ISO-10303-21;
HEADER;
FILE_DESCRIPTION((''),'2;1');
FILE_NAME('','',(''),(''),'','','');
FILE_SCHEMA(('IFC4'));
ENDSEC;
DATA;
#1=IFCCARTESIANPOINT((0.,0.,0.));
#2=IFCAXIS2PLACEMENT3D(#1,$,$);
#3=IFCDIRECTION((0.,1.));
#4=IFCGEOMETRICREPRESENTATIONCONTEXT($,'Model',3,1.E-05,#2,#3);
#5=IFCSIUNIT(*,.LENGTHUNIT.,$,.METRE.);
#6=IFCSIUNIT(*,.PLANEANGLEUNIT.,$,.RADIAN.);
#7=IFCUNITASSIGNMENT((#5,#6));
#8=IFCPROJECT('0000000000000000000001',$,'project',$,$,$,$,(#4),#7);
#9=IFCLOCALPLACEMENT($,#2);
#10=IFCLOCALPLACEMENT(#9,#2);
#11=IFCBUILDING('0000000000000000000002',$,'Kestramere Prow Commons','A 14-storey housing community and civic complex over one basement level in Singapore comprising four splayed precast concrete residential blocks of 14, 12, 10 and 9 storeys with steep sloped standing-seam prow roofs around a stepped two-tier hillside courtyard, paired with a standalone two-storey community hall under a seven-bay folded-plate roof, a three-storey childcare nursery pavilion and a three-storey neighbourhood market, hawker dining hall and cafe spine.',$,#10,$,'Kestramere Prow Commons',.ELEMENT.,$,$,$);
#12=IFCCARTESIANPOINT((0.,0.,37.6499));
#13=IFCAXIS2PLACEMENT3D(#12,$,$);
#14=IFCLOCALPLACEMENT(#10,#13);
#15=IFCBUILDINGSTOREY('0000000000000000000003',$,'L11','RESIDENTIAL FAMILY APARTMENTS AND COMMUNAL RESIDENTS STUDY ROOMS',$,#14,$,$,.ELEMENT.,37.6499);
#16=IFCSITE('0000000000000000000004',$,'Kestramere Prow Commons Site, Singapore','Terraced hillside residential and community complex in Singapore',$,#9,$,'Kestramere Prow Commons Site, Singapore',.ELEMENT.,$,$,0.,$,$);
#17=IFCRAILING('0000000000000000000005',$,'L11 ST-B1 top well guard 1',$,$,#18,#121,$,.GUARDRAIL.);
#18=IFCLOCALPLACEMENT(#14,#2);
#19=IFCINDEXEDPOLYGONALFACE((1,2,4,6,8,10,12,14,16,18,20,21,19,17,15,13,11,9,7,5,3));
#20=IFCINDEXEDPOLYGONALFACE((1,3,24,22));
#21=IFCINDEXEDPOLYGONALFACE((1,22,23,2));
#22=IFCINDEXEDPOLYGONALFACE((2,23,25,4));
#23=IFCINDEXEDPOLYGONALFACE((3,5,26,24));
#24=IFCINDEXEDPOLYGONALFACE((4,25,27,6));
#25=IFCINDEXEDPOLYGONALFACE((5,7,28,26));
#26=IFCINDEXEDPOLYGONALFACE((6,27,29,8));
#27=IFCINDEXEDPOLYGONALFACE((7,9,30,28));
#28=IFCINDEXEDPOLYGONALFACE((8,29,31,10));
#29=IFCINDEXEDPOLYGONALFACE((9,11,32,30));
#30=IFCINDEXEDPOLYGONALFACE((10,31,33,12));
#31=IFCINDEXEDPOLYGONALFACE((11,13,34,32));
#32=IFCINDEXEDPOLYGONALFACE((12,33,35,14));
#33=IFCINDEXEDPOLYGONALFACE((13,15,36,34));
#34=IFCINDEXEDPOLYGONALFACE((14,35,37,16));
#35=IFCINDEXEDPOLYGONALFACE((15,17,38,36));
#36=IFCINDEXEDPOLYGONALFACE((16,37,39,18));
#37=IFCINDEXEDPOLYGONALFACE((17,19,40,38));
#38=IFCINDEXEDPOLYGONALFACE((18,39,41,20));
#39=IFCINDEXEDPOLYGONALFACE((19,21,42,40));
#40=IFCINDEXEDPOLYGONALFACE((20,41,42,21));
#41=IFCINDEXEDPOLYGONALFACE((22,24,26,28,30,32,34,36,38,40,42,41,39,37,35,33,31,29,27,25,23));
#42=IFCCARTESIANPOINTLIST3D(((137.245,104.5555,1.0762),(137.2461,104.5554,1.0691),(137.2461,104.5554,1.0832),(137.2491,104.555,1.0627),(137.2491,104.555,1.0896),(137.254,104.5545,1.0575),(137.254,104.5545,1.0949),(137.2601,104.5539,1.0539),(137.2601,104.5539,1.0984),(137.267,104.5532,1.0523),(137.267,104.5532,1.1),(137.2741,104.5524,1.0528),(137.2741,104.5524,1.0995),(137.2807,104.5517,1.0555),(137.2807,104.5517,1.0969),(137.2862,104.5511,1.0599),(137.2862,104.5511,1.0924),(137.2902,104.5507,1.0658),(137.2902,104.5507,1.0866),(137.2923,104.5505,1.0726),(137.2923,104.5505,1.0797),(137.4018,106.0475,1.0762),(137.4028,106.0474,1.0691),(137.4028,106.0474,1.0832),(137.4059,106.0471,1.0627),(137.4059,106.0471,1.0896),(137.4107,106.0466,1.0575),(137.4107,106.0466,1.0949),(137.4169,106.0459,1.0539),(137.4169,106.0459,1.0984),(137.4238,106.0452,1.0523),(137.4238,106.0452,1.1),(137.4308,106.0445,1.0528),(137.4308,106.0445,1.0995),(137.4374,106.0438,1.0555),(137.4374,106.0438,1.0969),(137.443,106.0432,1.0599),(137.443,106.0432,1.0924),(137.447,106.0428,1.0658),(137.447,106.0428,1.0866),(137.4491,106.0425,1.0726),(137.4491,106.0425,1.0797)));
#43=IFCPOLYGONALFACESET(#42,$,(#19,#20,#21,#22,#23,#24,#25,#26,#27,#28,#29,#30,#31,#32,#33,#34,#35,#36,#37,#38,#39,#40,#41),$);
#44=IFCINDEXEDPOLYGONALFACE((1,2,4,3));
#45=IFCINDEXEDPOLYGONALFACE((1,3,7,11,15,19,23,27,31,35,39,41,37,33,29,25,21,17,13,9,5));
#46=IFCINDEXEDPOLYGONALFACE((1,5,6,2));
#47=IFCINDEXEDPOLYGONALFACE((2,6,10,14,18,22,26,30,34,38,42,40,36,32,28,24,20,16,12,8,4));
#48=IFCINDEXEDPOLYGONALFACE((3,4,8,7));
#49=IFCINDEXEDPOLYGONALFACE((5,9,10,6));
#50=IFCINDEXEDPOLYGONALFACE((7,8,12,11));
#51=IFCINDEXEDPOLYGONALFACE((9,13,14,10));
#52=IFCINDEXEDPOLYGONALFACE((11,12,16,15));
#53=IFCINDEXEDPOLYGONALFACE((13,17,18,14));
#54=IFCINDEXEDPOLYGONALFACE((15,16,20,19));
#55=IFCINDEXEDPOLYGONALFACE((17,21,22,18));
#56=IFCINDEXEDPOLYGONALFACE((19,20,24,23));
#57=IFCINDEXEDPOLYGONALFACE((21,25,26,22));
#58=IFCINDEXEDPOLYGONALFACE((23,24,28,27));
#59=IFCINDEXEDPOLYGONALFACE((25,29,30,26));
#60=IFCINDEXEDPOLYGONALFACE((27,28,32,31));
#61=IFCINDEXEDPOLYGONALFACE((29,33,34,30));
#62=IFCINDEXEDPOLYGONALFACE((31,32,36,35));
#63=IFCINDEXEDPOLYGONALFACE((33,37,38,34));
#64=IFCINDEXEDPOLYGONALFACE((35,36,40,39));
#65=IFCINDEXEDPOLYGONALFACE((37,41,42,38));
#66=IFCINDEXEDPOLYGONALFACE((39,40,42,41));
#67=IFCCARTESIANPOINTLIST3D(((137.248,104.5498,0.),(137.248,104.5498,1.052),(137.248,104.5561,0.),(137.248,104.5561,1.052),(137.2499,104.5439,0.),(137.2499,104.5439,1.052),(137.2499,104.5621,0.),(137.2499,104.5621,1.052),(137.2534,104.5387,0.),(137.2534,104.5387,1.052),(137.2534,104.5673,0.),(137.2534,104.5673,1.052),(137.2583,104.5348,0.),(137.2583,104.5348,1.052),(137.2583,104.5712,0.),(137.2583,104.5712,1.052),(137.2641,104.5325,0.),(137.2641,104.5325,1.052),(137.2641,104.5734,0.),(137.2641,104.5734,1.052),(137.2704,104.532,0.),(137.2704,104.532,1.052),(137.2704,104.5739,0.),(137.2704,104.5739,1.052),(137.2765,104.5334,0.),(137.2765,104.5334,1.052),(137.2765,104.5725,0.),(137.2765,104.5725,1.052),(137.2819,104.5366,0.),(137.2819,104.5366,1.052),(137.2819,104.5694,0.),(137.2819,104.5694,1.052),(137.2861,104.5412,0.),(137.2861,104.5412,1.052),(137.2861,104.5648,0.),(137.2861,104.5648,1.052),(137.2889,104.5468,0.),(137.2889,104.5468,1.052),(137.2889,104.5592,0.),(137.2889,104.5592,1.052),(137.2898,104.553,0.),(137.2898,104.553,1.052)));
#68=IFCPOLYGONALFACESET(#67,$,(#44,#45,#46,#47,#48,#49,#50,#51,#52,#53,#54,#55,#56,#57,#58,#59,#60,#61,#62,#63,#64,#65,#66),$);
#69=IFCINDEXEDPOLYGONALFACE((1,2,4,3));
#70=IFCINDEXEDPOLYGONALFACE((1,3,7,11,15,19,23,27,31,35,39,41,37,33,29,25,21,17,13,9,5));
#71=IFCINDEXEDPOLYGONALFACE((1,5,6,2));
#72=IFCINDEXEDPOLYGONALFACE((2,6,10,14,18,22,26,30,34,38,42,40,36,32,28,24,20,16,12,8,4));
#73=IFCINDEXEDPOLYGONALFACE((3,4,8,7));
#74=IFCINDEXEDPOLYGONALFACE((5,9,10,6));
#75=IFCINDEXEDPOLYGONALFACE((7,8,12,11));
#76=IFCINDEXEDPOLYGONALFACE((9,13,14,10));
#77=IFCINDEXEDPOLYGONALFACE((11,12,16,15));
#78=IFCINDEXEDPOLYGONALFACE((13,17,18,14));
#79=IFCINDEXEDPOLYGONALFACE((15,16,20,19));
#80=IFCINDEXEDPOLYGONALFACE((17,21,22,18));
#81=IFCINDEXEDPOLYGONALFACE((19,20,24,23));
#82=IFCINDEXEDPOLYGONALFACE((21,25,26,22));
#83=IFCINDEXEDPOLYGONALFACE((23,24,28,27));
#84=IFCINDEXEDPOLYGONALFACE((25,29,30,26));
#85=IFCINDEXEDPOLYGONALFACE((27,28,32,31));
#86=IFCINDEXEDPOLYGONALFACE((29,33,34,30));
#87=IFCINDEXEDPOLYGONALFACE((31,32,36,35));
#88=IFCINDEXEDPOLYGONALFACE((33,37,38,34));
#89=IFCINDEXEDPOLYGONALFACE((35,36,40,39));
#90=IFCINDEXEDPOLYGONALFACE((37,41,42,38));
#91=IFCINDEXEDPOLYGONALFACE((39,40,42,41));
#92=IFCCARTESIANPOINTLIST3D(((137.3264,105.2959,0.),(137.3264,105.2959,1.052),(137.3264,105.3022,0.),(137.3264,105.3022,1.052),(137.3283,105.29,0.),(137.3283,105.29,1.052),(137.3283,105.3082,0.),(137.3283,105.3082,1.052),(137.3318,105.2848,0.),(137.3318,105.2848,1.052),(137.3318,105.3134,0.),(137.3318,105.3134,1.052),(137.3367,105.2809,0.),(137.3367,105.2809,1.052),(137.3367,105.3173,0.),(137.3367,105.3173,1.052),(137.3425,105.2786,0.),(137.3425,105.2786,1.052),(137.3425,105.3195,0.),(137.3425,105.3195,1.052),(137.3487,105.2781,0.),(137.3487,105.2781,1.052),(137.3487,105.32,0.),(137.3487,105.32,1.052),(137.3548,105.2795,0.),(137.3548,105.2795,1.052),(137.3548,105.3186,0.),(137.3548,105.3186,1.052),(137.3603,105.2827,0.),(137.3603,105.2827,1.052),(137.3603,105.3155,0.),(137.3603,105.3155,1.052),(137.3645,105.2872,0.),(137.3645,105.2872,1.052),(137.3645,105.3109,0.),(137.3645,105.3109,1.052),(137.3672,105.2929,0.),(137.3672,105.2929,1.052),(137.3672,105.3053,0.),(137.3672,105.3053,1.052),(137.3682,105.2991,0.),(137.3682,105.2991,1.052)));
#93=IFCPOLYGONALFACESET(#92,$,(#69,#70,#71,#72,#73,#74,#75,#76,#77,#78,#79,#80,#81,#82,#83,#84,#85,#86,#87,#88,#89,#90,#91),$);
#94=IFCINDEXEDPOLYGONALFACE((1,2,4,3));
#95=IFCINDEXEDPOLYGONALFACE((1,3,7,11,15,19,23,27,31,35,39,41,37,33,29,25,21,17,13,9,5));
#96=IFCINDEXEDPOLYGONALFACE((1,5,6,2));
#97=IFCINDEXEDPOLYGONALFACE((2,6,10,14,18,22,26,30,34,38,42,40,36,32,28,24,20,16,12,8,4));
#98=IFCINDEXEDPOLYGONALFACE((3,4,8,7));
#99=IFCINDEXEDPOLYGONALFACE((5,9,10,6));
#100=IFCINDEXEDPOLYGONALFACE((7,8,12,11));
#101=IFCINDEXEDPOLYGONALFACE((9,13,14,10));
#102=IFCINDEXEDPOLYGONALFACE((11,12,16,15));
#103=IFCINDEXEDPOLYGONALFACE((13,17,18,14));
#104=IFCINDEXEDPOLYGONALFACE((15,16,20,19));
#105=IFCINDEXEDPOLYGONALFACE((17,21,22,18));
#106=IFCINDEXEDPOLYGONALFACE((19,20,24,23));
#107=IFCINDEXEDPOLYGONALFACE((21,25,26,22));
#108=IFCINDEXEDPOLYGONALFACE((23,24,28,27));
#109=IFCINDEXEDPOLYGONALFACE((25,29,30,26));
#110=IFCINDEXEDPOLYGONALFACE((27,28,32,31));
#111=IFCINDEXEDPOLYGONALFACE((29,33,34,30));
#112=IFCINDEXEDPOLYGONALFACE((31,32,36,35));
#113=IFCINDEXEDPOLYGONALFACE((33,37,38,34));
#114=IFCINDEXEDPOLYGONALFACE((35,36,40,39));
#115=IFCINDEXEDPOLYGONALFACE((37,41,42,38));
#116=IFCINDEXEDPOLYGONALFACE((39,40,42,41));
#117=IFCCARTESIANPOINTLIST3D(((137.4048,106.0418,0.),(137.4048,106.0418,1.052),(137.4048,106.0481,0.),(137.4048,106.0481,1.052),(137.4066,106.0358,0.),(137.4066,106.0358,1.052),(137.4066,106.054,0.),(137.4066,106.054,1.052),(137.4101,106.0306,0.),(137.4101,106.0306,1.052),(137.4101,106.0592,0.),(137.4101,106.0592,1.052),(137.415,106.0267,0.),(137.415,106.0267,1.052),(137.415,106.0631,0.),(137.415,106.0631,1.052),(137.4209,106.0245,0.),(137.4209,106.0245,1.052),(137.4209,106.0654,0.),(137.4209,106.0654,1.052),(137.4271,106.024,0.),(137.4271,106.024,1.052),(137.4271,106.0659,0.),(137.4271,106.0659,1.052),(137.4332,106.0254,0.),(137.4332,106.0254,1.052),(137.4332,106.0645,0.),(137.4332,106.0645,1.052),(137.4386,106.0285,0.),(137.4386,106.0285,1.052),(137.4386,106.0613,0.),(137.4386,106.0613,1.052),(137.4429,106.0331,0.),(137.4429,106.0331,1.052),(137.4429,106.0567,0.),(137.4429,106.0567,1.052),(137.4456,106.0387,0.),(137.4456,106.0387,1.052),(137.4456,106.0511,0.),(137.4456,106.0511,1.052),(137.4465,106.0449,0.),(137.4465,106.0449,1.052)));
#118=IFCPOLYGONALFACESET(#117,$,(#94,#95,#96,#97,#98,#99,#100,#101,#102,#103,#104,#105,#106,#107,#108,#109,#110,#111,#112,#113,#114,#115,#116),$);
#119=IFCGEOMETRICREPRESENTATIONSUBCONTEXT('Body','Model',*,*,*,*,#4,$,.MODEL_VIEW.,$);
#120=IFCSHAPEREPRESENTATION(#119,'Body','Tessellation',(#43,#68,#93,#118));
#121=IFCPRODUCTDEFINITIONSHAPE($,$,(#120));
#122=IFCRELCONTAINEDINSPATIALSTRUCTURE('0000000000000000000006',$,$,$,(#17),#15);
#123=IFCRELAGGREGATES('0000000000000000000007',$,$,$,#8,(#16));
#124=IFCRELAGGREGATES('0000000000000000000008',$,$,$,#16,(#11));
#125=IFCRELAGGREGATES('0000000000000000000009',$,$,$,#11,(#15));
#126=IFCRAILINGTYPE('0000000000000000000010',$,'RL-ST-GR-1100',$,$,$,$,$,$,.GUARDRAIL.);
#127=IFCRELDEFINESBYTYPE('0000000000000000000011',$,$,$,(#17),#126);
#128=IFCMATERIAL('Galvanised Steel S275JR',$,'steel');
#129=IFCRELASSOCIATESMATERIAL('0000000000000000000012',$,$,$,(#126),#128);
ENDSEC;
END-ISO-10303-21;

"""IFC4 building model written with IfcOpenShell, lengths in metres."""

from ifc_helpers import new_model, si_unit, direction, frame, origin, origin_2d, place, context, subcontext, project, spatial, circle, extrude, material, type_object, element, save


model = new_model("IFC4")

# Units and contexts
model_context = context("Model", 3, precision=1e-05, world=origin(), true_north=direction((0.0, 1.0)))
body_context = subcontext(model_context, "Body", "Model", "MODEL_VIEW")
ifc_project = project(units=[si_unit("LENGTHUNIT", "METRE"), si_unit("PLANEANGLEUNIT", "RADIAN")], contexts=[model_context])

# Site, building, storey
site_placement = place(None, origin())
site = spatial("IfcSite", under=ifc_project, at=site_placement, Name="Kestramere Prow Commons Site, Singapore", Description="Terraced hillside residential and community complex in Singapore", LongName="Kestramere Prow Commons Site, Singapore", CompositionType="ELEMENT", RefElevation=0.0)
building_placement = place(site_placement, origin())
building = spatial("IfcBuilding", under=site, at=building_placement, Name="Kestramere Prow Commons", Description="A 14-storey housing community and civic complex over one basement level in Singapore comprising four splayed precast concrete residential blocks of 14, 12, 10 and 9 storeys with steep sloped standing-seam prow roofs around a stepped two-tier hillside courtyard, paired with a standalone two-storey community hall under a seven-bay folded-plate roof, a three-storey childcare nursery pavilion and a three-storey neighbourhood market, hawker dining hall and cafe spine.", LongName="Kestramere Prow Commons", CompositionType="ELEMENT")
storey_placement = place(building_placement, frame((0.0, 0.0, 37.6499)))
storey = spatial("IfcBuildingStorey", under=building, at=storey_placement, Name="L11", Description="RESIDENTIAL FAMILY APARTMENTS AND COMMUNAL RESIDENTS STUDY ROOMS", CompositionType="ELEMENT", Elevation=37.6499)

# Railing
ifc_material_1 = material(Name="Galvanised Steel S275JR", Category="steel")
railing_type = type_object("IfcRailingType", Name="RL-ST-GR-1100", PredefinedType="GUARDRAIL", material=ifc_material_1)
railing_placement = place(storey_placement, frame((137.2688, 104.553, 0.0)))
element("IfcRailing", 1, at=railing_placement, inside=storey, type_object=railing_type, Name="L11 ST-B1 top well guard 1", PredefinedType="GUARDRAIL", context=body_context, shape_type="SweptSolid", body=[
    extrude(circle(Radius=0.0239, at=origin_2d()), frame((0.0, 0.0, 1.0762), z_axis=(0.104481, 0.994527, 0.0), x_axis=(-0.994527, 0.104481, 0.0)), (0.0, 0.0, 1.0), 1.5002),
    extrude(circle(Radius=0.021, at=origin_2d()), origin(), (0.0, 0.0, 1.0), 1.052),
    extrude(circle(Radius=0.021, at=origin_2d()), frame((0.0784, 0.7461, 0.0)), (0.0, 0.0, 1.0), 1.052),
    extrude(circle(Radius=0.021, at=origin_2d()), frame((0.1567, 1.4919, 0.0)), (0.0, 0.0, 1.0), 1.052),
])

save(model, "model.ifc")
